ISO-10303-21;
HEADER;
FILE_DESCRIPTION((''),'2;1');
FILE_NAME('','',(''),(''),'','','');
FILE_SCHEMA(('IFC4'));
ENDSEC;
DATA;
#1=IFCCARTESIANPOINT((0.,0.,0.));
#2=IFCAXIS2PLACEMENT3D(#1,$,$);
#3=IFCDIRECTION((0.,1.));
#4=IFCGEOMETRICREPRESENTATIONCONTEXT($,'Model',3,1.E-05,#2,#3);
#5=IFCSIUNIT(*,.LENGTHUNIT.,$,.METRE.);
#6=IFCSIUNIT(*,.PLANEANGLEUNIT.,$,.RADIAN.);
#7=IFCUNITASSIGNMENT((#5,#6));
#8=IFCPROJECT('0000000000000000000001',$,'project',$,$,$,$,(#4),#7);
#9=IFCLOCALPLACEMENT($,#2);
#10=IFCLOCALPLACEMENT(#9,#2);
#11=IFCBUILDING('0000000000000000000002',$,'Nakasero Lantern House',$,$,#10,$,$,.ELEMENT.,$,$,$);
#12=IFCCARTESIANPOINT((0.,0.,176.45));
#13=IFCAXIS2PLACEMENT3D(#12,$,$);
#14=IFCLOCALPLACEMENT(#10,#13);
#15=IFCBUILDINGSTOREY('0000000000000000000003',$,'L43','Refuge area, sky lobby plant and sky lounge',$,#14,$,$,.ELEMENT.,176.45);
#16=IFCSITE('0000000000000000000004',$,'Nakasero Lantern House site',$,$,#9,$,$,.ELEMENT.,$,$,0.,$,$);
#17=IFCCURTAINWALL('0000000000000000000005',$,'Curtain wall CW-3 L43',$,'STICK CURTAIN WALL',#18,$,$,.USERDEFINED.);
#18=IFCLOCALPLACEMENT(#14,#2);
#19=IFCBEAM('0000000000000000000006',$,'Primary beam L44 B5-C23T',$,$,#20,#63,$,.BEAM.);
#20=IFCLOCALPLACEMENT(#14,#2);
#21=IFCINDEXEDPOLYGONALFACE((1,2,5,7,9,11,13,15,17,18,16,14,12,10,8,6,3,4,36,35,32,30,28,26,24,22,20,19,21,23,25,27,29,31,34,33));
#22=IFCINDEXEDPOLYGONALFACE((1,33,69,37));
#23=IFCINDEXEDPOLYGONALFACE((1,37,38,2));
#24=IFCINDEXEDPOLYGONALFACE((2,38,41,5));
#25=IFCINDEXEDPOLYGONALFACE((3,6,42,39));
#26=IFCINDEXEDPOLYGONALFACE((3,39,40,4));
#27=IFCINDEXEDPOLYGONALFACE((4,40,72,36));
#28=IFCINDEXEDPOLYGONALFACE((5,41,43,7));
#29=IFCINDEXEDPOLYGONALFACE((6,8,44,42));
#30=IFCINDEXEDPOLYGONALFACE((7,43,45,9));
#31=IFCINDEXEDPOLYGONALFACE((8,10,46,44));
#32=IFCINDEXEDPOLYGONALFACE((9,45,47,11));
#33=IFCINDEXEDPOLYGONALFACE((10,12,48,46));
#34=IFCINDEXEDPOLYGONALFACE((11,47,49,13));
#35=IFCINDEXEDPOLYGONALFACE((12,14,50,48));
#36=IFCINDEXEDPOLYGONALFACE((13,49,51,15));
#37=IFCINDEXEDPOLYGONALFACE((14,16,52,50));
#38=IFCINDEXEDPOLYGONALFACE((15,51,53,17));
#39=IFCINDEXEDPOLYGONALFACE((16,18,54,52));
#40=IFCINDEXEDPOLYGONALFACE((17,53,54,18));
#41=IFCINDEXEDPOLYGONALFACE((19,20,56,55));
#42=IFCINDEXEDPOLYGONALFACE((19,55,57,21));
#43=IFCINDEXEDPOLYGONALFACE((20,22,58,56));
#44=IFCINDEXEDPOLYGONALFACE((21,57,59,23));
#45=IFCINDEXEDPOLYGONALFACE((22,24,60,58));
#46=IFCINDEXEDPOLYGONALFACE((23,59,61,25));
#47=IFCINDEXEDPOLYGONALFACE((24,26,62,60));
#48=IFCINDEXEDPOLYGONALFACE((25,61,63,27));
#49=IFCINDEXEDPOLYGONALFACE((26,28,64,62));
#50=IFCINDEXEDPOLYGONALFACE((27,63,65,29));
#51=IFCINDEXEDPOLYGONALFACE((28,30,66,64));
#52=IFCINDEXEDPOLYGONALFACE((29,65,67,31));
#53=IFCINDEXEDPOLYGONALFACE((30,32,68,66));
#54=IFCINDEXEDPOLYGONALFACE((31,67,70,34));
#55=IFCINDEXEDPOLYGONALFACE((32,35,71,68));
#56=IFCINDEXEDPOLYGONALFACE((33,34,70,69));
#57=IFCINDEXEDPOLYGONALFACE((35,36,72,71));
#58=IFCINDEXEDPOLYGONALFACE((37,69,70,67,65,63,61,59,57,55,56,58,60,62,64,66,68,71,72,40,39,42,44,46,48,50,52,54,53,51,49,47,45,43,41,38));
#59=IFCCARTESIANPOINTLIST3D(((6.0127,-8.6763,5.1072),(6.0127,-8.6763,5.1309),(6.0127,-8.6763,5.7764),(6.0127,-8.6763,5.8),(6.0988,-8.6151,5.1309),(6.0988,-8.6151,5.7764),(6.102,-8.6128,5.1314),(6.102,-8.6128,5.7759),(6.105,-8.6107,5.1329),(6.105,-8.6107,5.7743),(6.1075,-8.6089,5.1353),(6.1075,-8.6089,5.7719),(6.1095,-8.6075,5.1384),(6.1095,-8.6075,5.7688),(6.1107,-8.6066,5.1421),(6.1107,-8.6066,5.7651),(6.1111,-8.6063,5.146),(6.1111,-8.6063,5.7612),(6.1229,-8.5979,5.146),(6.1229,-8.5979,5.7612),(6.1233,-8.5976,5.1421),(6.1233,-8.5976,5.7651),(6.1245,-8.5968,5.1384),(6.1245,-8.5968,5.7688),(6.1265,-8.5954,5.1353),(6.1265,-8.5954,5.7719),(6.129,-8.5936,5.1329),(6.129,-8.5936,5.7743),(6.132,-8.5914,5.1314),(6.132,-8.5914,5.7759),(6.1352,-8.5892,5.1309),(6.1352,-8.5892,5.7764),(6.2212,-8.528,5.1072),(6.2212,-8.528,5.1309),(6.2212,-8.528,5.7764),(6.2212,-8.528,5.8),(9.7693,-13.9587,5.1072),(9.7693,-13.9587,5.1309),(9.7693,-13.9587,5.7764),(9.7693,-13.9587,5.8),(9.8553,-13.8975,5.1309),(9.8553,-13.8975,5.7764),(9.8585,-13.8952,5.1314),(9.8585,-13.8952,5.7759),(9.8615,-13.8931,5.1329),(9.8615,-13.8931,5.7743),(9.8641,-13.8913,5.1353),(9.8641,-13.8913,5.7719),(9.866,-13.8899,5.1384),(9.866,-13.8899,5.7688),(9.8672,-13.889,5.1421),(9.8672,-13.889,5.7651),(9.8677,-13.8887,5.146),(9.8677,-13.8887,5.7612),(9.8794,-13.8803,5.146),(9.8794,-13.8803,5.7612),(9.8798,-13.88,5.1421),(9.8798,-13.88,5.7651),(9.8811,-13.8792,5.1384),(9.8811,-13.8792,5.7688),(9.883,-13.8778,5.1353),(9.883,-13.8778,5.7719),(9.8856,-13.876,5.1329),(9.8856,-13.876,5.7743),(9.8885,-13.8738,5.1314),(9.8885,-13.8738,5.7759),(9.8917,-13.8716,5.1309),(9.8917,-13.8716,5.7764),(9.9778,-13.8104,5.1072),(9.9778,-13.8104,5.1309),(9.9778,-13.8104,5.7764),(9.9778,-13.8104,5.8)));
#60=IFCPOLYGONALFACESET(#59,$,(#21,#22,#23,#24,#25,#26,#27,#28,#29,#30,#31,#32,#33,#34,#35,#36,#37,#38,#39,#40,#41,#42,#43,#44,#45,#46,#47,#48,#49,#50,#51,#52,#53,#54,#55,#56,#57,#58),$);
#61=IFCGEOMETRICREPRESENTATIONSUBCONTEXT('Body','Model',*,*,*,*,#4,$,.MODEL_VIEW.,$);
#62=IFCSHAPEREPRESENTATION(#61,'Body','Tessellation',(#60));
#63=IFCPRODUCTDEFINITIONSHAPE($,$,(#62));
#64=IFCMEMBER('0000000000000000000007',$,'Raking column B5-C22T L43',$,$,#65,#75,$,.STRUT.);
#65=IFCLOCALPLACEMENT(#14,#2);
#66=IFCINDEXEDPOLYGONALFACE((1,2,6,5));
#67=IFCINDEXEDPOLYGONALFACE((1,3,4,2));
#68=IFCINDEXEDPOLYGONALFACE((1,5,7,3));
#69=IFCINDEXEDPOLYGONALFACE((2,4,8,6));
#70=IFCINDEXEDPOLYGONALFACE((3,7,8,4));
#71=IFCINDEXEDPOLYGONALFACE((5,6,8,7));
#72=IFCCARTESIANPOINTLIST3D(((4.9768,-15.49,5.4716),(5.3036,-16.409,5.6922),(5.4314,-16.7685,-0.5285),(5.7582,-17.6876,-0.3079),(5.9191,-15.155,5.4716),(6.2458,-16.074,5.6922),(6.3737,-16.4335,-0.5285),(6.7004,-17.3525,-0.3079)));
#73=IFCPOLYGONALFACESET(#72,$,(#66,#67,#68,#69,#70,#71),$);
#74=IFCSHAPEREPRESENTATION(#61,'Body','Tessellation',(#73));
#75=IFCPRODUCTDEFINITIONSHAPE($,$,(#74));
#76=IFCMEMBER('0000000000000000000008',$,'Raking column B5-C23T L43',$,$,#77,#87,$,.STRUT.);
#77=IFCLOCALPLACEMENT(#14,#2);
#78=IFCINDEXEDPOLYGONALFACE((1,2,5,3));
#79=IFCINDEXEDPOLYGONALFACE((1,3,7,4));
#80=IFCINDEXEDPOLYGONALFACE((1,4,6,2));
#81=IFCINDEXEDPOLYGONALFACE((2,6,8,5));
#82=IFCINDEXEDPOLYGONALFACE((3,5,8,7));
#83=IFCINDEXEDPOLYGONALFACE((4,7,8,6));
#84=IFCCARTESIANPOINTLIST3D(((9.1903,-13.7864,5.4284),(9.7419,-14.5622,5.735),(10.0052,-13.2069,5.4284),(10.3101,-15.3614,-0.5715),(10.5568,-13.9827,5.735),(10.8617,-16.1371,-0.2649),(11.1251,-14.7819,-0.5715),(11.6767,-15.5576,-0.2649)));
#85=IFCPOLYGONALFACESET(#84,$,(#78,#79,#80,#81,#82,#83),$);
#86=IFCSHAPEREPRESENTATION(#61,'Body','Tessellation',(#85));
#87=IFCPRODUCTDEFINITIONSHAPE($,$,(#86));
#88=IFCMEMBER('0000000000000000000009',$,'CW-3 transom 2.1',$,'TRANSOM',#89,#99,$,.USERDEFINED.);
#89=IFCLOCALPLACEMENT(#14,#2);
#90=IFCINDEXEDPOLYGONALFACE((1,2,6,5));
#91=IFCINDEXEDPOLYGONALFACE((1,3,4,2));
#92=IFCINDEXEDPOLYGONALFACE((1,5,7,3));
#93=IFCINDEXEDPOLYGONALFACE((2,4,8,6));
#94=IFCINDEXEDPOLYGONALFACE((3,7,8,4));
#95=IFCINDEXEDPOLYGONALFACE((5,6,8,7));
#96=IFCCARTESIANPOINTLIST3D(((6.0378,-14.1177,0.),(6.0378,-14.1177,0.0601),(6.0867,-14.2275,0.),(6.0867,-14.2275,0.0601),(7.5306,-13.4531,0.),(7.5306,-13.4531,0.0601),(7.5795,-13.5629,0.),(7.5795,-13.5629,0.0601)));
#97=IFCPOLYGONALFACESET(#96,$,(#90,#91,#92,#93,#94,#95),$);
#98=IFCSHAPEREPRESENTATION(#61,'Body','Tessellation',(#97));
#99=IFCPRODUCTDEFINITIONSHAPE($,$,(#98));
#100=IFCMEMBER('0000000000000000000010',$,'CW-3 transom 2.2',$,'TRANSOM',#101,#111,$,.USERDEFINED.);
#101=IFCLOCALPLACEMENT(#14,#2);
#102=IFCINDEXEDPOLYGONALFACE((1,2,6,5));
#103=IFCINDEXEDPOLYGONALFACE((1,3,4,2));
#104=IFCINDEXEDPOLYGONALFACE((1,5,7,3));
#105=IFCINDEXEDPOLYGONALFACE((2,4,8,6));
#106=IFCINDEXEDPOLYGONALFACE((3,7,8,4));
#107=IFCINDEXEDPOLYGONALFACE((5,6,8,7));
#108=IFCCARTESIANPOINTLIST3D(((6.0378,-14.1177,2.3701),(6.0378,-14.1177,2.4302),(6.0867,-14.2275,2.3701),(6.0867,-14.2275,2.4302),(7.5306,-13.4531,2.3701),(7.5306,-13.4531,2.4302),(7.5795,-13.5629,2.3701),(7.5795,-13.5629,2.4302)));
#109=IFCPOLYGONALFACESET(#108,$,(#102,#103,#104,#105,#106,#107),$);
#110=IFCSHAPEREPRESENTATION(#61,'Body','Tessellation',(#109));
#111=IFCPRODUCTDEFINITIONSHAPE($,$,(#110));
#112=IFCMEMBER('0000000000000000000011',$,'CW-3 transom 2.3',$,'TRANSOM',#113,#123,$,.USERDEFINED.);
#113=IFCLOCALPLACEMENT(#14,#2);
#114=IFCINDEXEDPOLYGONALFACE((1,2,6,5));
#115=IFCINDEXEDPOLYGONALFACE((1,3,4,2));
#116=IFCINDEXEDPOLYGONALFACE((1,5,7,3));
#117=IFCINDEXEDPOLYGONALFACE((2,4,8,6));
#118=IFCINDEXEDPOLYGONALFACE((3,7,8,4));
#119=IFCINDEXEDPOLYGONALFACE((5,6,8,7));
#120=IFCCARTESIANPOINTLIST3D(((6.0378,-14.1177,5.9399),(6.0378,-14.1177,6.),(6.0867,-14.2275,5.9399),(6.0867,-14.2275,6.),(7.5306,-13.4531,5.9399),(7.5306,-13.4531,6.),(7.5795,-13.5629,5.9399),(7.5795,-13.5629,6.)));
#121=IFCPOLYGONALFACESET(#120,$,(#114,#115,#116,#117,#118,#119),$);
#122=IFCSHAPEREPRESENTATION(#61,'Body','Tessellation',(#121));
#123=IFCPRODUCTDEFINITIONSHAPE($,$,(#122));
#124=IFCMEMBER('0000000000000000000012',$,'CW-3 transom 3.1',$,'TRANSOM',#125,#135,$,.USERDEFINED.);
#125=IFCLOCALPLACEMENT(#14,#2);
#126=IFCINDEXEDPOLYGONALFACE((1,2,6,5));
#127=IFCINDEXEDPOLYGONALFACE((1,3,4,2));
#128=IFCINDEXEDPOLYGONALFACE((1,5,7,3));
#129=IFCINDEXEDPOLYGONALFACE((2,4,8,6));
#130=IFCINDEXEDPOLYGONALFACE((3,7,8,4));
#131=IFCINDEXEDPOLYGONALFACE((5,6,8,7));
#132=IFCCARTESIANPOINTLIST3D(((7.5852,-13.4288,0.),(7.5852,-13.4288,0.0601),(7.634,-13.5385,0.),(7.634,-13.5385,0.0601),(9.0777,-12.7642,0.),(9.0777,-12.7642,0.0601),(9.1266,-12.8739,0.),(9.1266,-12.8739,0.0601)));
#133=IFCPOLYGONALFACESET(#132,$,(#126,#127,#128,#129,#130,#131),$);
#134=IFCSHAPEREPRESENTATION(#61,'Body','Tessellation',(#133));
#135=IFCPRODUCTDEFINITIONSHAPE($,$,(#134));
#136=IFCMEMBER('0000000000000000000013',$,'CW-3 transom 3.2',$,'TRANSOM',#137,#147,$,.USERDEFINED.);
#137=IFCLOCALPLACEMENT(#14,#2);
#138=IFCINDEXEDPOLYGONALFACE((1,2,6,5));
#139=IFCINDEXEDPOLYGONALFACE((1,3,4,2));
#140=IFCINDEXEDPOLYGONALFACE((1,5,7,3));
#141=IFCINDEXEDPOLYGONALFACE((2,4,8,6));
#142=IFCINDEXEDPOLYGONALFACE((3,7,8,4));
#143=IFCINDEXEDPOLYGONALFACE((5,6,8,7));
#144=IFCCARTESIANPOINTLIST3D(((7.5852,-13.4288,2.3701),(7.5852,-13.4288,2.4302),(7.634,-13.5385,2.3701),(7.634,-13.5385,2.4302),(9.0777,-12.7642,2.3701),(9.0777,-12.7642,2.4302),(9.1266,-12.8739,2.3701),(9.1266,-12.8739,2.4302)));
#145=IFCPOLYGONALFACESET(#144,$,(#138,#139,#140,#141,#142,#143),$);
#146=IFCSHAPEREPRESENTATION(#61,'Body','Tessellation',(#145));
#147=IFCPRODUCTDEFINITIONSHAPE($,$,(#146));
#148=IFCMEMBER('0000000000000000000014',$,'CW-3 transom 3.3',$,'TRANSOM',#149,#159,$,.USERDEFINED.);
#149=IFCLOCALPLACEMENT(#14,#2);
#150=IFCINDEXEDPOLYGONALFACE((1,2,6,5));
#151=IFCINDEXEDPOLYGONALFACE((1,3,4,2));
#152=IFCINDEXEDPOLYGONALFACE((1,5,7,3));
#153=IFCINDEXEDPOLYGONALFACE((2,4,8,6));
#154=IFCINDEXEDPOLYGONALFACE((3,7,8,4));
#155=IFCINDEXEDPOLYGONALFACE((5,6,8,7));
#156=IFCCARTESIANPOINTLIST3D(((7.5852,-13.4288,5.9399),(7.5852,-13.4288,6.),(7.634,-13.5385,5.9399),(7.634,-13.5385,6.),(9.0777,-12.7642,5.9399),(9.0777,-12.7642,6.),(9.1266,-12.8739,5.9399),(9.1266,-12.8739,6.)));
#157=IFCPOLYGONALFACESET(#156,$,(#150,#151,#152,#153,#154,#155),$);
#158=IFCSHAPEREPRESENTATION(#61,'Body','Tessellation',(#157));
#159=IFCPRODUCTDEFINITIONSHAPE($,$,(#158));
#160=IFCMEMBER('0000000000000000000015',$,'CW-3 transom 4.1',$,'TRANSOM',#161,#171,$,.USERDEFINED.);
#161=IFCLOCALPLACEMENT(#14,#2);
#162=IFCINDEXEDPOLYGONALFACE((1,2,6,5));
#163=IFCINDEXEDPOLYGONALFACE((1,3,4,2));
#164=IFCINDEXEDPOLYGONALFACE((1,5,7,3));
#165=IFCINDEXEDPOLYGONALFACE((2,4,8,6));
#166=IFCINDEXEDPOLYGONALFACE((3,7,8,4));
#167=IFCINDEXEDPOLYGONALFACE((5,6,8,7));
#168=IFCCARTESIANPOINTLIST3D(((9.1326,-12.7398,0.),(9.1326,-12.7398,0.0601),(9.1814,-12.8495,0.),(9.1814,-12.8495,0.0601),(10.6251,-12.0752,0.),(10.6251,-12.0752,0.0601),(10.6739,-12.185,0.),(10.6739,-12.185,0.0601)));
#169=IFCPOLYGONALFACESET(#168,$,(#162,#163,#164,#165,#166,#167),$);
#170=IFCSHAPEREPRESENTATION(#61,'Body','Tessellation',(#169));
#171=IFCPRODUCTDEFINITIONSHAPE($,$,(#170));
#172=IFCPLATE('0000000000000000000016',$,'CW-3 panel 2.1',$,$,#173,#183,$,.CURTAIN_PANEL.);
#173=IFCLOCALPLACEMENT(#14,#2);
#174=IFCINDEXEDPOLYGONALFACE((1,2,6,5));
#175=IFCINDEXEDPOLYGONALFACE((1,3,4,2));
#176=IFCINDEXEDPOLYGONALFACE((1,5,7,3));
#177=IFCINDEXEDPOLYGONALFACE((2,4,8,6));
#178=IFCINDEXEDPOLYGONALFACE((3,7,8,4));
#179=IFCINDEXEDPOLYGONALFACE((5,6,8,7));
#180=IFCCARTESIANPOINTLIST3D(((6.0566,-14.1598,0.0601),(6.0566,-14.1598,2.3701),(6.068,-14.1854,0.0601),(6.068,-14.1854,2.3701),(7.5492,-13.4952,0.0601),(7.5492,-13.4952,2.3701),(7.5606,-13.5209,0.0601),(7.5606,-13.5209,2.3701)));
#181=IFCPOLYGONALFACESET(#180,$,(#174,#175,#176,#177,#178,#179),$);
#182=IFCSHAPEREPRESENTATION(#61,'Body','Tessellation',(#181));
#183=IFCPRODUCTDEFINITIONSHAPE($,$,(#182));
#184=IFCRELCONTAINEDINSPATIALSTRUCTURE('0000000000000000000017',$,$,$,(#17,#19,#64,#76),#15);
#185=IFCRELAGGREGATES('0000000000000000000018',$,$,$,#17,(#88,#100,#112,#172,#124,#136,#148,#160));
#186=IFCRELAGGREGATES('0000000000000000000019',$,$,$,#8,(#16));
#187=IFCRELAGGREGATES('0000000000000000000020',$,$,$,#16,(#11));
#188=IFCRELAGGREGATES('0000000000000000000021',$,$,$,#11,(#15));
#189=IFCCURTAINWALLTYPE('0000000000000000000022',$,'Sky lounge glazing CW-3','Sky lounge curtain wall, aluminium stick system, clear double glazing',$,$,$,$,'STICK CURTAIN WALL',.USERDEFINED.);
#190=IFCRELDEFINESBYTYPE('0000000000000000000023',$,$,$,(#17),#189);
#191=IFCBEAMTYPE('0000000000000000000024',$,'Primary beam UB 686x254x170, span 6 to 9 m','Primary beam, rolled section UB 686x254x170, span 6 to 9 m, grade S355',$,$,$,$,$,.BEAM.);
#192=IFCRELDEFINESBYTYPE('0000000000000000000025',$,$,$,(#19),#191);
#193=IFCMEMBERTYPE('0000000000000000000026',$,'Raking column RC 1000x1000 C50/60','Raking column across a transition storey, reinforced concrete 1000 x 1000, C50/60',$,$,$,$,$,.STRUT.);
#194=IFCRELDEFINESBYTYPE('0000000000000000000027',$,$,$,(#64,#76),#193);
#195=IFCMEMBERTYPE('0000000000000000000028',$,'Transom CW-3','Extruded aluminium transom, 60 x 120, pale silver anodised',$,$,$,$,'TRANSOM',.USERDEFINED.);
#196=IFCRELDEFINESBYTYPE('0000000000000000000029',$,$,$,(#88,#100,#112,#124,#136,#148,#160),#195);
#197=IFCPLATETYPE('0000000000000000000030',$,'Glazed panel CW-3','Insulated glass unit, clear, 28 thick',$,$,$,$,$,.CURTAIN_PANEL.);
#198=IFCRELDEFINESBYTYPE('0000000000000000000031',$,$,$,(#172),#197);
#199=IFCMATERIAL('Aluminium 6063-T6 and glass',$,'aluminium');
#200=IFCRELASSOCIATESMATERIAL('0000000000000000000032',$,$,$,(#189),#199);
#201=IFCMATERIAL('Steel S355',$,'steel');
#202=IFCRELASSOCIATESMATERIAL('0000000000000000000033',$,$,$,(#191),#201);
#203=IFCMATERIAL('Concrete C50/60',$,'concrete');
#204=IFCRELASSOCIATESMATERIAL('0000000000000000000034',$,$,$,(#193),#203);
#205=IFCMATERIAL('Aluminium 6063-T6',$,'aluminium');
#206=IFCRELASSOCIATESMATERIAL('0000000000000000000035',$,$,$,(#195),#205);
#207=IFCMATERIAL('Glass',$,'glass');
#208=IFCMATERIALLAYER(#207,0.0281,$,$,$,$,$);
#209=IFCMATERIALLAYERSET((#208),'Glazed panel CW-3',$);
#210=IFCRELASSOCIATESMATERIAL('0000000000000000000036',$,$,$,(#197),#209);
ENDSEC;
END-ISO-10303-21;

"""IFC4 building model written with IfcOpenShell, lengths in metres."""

from ifc_helpers import new_model, si_unit, direction, frame, origin, origin_2d, place, context, subcontext, project, spatial, rectangle, i_section, extrude, material, layer, layer_set, material_profile, profile_set, type_object, element, aggregate, save


model = new_model("IFC4")

# Units and contexts
model_context = context("Model", 3, precision=1e-05, world=origin(), true_north=direction((0.0, 1.0)))
body_context = subcontext(model_context, "Body", "Model", "MODEL_VIEW")
ifc_project = project(units=[si_unit("LENGTHUNIT", "METRE"), si_unit("PLANEANGLEUNIT", "RADIAN")], contexts=[model_context])

# Site, building, storey
site_placement = place(None, origin())
site = spatial("IfcSite", under=ifc_project, at=site_placement, Name="Nakasero Lantern House site", CompositionType="ELEMENT", RefElevation=0.0)
building_placement = place(site_placement, origin())
building = spatial("IfcBuilding", under=site, at=building_placement, Name="Nakasero Lantern House", CompositionType="ELEMENT")
storey_placement = place(building_placement, frame((0.0, 0.0, 176.45)))
storey = spatial("IfcBuildingStorey", under=building, at=storey_placement, Name="L43", Description="Refuge area, sky lobby plant and sky lounge", CompositionType="ELEMENT", Elevation=176.45)

# Curtain wall
ifc_material_1 = material(Name="Aluminium 6063-T6 and glass", Category="aluminium")
curtain_wall_type = type_object("IfcCurtainWallType", Name="Sky lounge glazing CW-3", Description="Sky lounge curtain wall, aluminium stick system, clear double glazing", ElementType="STICK CURTAIN WALL", PredefinedType="USERDEFINED", material=ifc_material_1)
curtain_wall_placement = place(storey_placement, origin())
curtain_wall = element("IfcCurtainWall", 1, at=curtain_wall_placement, inside=storey, type_object=curtain_wall_type, Name="Curtain wall CW-3 L43", ObjectType="STICK CURTAIN WALL", PredefinedType="USERDEFINED")

# Beam
ifc_material_2 = material(Name="Steel S355", Category="steel")
ifc_material_profile_1 = material_profile(ifc_material_2, i_section(OverallWidth=0.2559, OverallDepth=0.6929, WebThickness=0.0144, FlangeThickness=0.0237, FilletRadius=0.0151, at=origin_2d()), Name="UB 686x254x170")
ifc_profile_set_1 = profile_set([ifc_material_profile_1], Name="Steel S355")
beam_type = type_object("IfcBeamType", Name="Primary beam UB 686x254x170, span 6 to 9 m", Description="Primary beam, rolled section UB 686x254x170, span 6 to 9 m, grade S355", PredefinedType="BEAM", material=ifc_profile_set_1)
beam_placement = place(storey_placement, frame((9.8735, -13.8845, 5.4536), z_axis=(-0.579541, 0.814943, 0.0), x_axis=(-0.814943, -0.579541, 0.0)))
element("IfcBeam", 2, at=beam_placement, inside=storey, type_object=beam_type, Name="Primary beam L44 B5-C23T", PredefinedType="BEAM", context=body_context, shape_type="SweptSolid", body=[
    extrude(i_section(OverallWidth=0.2559, OverallDepth=0.6929, WebThickness=0.0144, FlangeThickness=0.0237, FilletRadius=0.0151, at=origin_2d()), origin(), (0.0, 0.0, 1.0), 6.4819),
])

# Members
ifc_material_3 = material(Name="Concrete C50/60", Category="concrete")
ifc_material_profile_2 = material_profile(ifc_material_3, rectangle(XDim=1.0, YDim=1.0, at=origin_2d()), Name="RC 1000x1000")
ifc_profile_set_2 = profile_set([ifc_material_profile_2], Name="Concrete C50/60")
member_type_1 = type_object("IfcMemberType", Name="Raking column RC 1000x1000 C50/60", Description="Raking column across a transition storey, reinforced concrete 1000 x 1000, C50/60", PredefinedType="STRUT", material=ifc_profile_set_2)
member_1_placement = place(storey_placement, frame((6.0659, -17.0605, -0.4182), z_axis=(-0.073899, 0.207845, 0.975366), x_axis=(-0.942217, -0.335003, 0.0)))
element("IfcMember", 3, at=member_1_placement, inside=storey, type_object=member_type_1, Name="Raking column B5-C22T L43", PredefinedType="STRUT", context=body_context, shape_type="SweptSolid", body=[
    extrude(rectangle(XDim=1.0, YDim=1.0, at=origin_2d()), origin(), (0.0, 0.0, 1.0), 6.1516),
])
member_2_placement = place(storey_placement, frame((10.9934, -15.4595, -0.4182), z_axis=(-0.177658, 0.249852, 0.951846), x_axis=(-0.814978, -0.579492, 0.0)))
element("IfcMember", 4, at=member_2_placement, inside=storey, type_object=member_type_1, Name="Raking column B5-C23T L43", PredefinedType="STRUT", context=body_context, shape_type="SweptSolid", body=[
    extrude(rectangle(XDim=1.0, YDim=1.0, at=origin_2d()), origin(), (0.0, 0.0, 1.0), 6.3035),
])

# Members
ifc_material_4 = material(Name="Aluminium 6063-T6", Category="aluminium")
ifc_material_profile_3 = material_profile(ifc_material_4, rectangle(XDim=0.0601, YDim=0.1201, at=origin_2d()), Name="CW-3 transom 60x120")
ifc_profile_set_3 = profile_set([ifc_material_profile_3], Name="Aluminium 6063-T6")
member_type_2 = type_object("IfcMemberType", Name="Transom CW-3", Description="Extruded aluminium transom, 60 x 120, pale silver anodised", ElementType="TRANSOM", PredefinedType="USERDEFINED", material=ifc_profile_set_3)
member_3_placement = place(storey_placement, frame((6.0623, -14.1726, 0.03), z_axis=(0.913553, 0.406721, 0.0), x_axis=(0.0, 0.0, 1.0)))
member_3 = element("IfcMember", 5, at=member_3_placement, type_object=member_type_2, Name="CW-3 transom 2.1", ObjectType="TRANSOM", PredefinedType="USERDEFINED", context=body_context, shape_type="SweptSolid", body=[
    extrude(rectangle(XDim=0.0601, YDim=0.1201, at=origin_2d()), origin(), (0.0, 0.0, 1.0), 1.634),
])
member_4_placement = place(storey_placement, frame((6.0623, -14.1726, 2.4001), z_axis=(0.913553, 0.406721, 0.0), x_axis=(0.0, 0.0, 1.0)))
member_4 = element("IfcMember", 6, at=member_4_placement, type_object=member_type_2, Name="CW-3 transom 2.2", ObjectType="TRANSOM", PredefinedType="USERDEFINED", context=body_context, shape_type="SweptSolid", body=[
    extrude(rectangle(XDim=0.0601, YDim=0.1201, at=origin_2d()), origin(), (0.0, 0.0, 1.0), 1.634),
])
member_5_placement = place(storey_placement, frame((6.0623, -14.1726, 5.97), z_axis=(0.913553, 0.406721, 0.0), x_axis=(0.0, 0.0, 1.0)))
member_5 = element("IfcMember", 7, at=member_5_placement, type_object=member_type_2, Name="CW-3 transom 2.3", ObjectType="TRANSOM", PredefinedType="USERDEFINED", context=body_context, shape_type="SweptSolid", body=[
    extrude(rectangle(XDim=0.0601, YDim=0.1201, at=origin_2d()), origin(), (0.0, 0.0, 1.0), 1.634),
])
member_6_placement = place(storey_placement, frame((7.6096, -13.4836, 0.03), z_axis=(0.913528, 0.406776, 0.0), x_axis=(0.0, 0.0, 1.0)))
member_6 = element("IfcMember", 8, at=member_6_placement, type_object=member_type_2, Name="CW-3 transom 3.1", ObjectType="TRANSOM", PredefinedType="USERDEFINED", context=body_context, shape_type="SweptSolid", body=[
    extrude(rectangle(XDim=0.0601, YDim=0.1201, at=origin_2d()), origin(), (0.0, 0.0, 1.0), 1.6338),
])
member_7_placement = place(storey_placement, frame((7.6096, -13.4836, 2.4001), z_axis=(0.913528, 0.406776, 0.0), x_axis=(0.0, 0.0, 1.0)))
member_7 = element("IfcMember", 9, at=member_7_placement, type_object=member_type_2, Name="CW-3 transom 3.2", ObjectType="TRANSOM", PredefinedType="USERDEFINED", context=body_context, shape_type="SweptSolid", body=[
    extrude(rectangle(XDim=0.0601, YDim=0.1201, at=origin_2d()), origin(), (0.0, 0.0, 1.0), 1.6338),
])
member_8_placement = place(storey_placement, frame((7.6096, -13.4836, 5.97), z_axis=(0.913528, 0.406776, 0.0), x_axis=(0.0, 0.0, 1.0)))
member_8 = element("IfcMember", 10, at=member_8_placement, type_object=member_type_2, Name="CW-3 transom 3.3", ObjectType="TRANSOM", PredefinedType="USERDEFINED", context=body_context, shape_type="SweptSolid", body=[
    extrude(rectangle(XDim=0.0601, YDim=0.1201, at=origin_2d()), origin(), (0.0, 0.0, 1.0), 1.6338),
])
member_9_placement = place(storey_placement, frame((9.157, -12.7947, 0.03), z_axis=(0.913528, 0.406776, 0.0), x_axis=(0.0, 0.0, 1.0)))
member_9 = element("IfcMember", 11, at=member_9_placement, type_object=member_type_2, Name="CW-3 transom 4.1", ObjectType="TRANSOM", PredefinedType="USERDEFINED", context=body_context, shape_type="SweptSolid", body=[
    extrude(rectangle(XDim=0.0601, YDim=0.1201, at=origin_2d()), origin(), (0.0, 0.0, 1.0), 1.6338),
])

# Plate
ifc_material_5 = material(Name="Glass", Category="glass")
ifc_layer_1 = layer(ifc_material_5, 0.0281)
ifc_layer_set_1 = layer_set([ifc_layer_1], Name="Glazed panel CW-3")
plate_type_1 = type_object("IfcPlateType", Name="Glazed panel CW-3", Description="Insulated glass unit, clear, 28 thick", PredefinedType="CURTAIN_PANEL", material=ifc_layer_set_1)
plate_1_placement = place(storey_placement, frame((6.8086, -13.8403, 0.0601), z_axis=(0.0, 0.0, 1.0), x_axis=(0.913545, 0.406737, 0.0)))
plate_1 = element("IfcPlate", 12, at=plate_1_placement, type_object=plate_type_1, Name="CW-3 panel 2.1", PredefinedType="CURTAIN_PANEL", context=body_context, shape_type="SweptSolid", body=[
    extrude(rectangle(XDim=1.6338, YDim=0.0281, at=origin_2d()), origin(), (0.0, 0.0, 1.0), 2.3101),
])
aggregate(curtain_wall, [member_3, member_4, member_5, plate_1, member_6, member_7, member_8, member_9])

save(model, "model.ifc")
